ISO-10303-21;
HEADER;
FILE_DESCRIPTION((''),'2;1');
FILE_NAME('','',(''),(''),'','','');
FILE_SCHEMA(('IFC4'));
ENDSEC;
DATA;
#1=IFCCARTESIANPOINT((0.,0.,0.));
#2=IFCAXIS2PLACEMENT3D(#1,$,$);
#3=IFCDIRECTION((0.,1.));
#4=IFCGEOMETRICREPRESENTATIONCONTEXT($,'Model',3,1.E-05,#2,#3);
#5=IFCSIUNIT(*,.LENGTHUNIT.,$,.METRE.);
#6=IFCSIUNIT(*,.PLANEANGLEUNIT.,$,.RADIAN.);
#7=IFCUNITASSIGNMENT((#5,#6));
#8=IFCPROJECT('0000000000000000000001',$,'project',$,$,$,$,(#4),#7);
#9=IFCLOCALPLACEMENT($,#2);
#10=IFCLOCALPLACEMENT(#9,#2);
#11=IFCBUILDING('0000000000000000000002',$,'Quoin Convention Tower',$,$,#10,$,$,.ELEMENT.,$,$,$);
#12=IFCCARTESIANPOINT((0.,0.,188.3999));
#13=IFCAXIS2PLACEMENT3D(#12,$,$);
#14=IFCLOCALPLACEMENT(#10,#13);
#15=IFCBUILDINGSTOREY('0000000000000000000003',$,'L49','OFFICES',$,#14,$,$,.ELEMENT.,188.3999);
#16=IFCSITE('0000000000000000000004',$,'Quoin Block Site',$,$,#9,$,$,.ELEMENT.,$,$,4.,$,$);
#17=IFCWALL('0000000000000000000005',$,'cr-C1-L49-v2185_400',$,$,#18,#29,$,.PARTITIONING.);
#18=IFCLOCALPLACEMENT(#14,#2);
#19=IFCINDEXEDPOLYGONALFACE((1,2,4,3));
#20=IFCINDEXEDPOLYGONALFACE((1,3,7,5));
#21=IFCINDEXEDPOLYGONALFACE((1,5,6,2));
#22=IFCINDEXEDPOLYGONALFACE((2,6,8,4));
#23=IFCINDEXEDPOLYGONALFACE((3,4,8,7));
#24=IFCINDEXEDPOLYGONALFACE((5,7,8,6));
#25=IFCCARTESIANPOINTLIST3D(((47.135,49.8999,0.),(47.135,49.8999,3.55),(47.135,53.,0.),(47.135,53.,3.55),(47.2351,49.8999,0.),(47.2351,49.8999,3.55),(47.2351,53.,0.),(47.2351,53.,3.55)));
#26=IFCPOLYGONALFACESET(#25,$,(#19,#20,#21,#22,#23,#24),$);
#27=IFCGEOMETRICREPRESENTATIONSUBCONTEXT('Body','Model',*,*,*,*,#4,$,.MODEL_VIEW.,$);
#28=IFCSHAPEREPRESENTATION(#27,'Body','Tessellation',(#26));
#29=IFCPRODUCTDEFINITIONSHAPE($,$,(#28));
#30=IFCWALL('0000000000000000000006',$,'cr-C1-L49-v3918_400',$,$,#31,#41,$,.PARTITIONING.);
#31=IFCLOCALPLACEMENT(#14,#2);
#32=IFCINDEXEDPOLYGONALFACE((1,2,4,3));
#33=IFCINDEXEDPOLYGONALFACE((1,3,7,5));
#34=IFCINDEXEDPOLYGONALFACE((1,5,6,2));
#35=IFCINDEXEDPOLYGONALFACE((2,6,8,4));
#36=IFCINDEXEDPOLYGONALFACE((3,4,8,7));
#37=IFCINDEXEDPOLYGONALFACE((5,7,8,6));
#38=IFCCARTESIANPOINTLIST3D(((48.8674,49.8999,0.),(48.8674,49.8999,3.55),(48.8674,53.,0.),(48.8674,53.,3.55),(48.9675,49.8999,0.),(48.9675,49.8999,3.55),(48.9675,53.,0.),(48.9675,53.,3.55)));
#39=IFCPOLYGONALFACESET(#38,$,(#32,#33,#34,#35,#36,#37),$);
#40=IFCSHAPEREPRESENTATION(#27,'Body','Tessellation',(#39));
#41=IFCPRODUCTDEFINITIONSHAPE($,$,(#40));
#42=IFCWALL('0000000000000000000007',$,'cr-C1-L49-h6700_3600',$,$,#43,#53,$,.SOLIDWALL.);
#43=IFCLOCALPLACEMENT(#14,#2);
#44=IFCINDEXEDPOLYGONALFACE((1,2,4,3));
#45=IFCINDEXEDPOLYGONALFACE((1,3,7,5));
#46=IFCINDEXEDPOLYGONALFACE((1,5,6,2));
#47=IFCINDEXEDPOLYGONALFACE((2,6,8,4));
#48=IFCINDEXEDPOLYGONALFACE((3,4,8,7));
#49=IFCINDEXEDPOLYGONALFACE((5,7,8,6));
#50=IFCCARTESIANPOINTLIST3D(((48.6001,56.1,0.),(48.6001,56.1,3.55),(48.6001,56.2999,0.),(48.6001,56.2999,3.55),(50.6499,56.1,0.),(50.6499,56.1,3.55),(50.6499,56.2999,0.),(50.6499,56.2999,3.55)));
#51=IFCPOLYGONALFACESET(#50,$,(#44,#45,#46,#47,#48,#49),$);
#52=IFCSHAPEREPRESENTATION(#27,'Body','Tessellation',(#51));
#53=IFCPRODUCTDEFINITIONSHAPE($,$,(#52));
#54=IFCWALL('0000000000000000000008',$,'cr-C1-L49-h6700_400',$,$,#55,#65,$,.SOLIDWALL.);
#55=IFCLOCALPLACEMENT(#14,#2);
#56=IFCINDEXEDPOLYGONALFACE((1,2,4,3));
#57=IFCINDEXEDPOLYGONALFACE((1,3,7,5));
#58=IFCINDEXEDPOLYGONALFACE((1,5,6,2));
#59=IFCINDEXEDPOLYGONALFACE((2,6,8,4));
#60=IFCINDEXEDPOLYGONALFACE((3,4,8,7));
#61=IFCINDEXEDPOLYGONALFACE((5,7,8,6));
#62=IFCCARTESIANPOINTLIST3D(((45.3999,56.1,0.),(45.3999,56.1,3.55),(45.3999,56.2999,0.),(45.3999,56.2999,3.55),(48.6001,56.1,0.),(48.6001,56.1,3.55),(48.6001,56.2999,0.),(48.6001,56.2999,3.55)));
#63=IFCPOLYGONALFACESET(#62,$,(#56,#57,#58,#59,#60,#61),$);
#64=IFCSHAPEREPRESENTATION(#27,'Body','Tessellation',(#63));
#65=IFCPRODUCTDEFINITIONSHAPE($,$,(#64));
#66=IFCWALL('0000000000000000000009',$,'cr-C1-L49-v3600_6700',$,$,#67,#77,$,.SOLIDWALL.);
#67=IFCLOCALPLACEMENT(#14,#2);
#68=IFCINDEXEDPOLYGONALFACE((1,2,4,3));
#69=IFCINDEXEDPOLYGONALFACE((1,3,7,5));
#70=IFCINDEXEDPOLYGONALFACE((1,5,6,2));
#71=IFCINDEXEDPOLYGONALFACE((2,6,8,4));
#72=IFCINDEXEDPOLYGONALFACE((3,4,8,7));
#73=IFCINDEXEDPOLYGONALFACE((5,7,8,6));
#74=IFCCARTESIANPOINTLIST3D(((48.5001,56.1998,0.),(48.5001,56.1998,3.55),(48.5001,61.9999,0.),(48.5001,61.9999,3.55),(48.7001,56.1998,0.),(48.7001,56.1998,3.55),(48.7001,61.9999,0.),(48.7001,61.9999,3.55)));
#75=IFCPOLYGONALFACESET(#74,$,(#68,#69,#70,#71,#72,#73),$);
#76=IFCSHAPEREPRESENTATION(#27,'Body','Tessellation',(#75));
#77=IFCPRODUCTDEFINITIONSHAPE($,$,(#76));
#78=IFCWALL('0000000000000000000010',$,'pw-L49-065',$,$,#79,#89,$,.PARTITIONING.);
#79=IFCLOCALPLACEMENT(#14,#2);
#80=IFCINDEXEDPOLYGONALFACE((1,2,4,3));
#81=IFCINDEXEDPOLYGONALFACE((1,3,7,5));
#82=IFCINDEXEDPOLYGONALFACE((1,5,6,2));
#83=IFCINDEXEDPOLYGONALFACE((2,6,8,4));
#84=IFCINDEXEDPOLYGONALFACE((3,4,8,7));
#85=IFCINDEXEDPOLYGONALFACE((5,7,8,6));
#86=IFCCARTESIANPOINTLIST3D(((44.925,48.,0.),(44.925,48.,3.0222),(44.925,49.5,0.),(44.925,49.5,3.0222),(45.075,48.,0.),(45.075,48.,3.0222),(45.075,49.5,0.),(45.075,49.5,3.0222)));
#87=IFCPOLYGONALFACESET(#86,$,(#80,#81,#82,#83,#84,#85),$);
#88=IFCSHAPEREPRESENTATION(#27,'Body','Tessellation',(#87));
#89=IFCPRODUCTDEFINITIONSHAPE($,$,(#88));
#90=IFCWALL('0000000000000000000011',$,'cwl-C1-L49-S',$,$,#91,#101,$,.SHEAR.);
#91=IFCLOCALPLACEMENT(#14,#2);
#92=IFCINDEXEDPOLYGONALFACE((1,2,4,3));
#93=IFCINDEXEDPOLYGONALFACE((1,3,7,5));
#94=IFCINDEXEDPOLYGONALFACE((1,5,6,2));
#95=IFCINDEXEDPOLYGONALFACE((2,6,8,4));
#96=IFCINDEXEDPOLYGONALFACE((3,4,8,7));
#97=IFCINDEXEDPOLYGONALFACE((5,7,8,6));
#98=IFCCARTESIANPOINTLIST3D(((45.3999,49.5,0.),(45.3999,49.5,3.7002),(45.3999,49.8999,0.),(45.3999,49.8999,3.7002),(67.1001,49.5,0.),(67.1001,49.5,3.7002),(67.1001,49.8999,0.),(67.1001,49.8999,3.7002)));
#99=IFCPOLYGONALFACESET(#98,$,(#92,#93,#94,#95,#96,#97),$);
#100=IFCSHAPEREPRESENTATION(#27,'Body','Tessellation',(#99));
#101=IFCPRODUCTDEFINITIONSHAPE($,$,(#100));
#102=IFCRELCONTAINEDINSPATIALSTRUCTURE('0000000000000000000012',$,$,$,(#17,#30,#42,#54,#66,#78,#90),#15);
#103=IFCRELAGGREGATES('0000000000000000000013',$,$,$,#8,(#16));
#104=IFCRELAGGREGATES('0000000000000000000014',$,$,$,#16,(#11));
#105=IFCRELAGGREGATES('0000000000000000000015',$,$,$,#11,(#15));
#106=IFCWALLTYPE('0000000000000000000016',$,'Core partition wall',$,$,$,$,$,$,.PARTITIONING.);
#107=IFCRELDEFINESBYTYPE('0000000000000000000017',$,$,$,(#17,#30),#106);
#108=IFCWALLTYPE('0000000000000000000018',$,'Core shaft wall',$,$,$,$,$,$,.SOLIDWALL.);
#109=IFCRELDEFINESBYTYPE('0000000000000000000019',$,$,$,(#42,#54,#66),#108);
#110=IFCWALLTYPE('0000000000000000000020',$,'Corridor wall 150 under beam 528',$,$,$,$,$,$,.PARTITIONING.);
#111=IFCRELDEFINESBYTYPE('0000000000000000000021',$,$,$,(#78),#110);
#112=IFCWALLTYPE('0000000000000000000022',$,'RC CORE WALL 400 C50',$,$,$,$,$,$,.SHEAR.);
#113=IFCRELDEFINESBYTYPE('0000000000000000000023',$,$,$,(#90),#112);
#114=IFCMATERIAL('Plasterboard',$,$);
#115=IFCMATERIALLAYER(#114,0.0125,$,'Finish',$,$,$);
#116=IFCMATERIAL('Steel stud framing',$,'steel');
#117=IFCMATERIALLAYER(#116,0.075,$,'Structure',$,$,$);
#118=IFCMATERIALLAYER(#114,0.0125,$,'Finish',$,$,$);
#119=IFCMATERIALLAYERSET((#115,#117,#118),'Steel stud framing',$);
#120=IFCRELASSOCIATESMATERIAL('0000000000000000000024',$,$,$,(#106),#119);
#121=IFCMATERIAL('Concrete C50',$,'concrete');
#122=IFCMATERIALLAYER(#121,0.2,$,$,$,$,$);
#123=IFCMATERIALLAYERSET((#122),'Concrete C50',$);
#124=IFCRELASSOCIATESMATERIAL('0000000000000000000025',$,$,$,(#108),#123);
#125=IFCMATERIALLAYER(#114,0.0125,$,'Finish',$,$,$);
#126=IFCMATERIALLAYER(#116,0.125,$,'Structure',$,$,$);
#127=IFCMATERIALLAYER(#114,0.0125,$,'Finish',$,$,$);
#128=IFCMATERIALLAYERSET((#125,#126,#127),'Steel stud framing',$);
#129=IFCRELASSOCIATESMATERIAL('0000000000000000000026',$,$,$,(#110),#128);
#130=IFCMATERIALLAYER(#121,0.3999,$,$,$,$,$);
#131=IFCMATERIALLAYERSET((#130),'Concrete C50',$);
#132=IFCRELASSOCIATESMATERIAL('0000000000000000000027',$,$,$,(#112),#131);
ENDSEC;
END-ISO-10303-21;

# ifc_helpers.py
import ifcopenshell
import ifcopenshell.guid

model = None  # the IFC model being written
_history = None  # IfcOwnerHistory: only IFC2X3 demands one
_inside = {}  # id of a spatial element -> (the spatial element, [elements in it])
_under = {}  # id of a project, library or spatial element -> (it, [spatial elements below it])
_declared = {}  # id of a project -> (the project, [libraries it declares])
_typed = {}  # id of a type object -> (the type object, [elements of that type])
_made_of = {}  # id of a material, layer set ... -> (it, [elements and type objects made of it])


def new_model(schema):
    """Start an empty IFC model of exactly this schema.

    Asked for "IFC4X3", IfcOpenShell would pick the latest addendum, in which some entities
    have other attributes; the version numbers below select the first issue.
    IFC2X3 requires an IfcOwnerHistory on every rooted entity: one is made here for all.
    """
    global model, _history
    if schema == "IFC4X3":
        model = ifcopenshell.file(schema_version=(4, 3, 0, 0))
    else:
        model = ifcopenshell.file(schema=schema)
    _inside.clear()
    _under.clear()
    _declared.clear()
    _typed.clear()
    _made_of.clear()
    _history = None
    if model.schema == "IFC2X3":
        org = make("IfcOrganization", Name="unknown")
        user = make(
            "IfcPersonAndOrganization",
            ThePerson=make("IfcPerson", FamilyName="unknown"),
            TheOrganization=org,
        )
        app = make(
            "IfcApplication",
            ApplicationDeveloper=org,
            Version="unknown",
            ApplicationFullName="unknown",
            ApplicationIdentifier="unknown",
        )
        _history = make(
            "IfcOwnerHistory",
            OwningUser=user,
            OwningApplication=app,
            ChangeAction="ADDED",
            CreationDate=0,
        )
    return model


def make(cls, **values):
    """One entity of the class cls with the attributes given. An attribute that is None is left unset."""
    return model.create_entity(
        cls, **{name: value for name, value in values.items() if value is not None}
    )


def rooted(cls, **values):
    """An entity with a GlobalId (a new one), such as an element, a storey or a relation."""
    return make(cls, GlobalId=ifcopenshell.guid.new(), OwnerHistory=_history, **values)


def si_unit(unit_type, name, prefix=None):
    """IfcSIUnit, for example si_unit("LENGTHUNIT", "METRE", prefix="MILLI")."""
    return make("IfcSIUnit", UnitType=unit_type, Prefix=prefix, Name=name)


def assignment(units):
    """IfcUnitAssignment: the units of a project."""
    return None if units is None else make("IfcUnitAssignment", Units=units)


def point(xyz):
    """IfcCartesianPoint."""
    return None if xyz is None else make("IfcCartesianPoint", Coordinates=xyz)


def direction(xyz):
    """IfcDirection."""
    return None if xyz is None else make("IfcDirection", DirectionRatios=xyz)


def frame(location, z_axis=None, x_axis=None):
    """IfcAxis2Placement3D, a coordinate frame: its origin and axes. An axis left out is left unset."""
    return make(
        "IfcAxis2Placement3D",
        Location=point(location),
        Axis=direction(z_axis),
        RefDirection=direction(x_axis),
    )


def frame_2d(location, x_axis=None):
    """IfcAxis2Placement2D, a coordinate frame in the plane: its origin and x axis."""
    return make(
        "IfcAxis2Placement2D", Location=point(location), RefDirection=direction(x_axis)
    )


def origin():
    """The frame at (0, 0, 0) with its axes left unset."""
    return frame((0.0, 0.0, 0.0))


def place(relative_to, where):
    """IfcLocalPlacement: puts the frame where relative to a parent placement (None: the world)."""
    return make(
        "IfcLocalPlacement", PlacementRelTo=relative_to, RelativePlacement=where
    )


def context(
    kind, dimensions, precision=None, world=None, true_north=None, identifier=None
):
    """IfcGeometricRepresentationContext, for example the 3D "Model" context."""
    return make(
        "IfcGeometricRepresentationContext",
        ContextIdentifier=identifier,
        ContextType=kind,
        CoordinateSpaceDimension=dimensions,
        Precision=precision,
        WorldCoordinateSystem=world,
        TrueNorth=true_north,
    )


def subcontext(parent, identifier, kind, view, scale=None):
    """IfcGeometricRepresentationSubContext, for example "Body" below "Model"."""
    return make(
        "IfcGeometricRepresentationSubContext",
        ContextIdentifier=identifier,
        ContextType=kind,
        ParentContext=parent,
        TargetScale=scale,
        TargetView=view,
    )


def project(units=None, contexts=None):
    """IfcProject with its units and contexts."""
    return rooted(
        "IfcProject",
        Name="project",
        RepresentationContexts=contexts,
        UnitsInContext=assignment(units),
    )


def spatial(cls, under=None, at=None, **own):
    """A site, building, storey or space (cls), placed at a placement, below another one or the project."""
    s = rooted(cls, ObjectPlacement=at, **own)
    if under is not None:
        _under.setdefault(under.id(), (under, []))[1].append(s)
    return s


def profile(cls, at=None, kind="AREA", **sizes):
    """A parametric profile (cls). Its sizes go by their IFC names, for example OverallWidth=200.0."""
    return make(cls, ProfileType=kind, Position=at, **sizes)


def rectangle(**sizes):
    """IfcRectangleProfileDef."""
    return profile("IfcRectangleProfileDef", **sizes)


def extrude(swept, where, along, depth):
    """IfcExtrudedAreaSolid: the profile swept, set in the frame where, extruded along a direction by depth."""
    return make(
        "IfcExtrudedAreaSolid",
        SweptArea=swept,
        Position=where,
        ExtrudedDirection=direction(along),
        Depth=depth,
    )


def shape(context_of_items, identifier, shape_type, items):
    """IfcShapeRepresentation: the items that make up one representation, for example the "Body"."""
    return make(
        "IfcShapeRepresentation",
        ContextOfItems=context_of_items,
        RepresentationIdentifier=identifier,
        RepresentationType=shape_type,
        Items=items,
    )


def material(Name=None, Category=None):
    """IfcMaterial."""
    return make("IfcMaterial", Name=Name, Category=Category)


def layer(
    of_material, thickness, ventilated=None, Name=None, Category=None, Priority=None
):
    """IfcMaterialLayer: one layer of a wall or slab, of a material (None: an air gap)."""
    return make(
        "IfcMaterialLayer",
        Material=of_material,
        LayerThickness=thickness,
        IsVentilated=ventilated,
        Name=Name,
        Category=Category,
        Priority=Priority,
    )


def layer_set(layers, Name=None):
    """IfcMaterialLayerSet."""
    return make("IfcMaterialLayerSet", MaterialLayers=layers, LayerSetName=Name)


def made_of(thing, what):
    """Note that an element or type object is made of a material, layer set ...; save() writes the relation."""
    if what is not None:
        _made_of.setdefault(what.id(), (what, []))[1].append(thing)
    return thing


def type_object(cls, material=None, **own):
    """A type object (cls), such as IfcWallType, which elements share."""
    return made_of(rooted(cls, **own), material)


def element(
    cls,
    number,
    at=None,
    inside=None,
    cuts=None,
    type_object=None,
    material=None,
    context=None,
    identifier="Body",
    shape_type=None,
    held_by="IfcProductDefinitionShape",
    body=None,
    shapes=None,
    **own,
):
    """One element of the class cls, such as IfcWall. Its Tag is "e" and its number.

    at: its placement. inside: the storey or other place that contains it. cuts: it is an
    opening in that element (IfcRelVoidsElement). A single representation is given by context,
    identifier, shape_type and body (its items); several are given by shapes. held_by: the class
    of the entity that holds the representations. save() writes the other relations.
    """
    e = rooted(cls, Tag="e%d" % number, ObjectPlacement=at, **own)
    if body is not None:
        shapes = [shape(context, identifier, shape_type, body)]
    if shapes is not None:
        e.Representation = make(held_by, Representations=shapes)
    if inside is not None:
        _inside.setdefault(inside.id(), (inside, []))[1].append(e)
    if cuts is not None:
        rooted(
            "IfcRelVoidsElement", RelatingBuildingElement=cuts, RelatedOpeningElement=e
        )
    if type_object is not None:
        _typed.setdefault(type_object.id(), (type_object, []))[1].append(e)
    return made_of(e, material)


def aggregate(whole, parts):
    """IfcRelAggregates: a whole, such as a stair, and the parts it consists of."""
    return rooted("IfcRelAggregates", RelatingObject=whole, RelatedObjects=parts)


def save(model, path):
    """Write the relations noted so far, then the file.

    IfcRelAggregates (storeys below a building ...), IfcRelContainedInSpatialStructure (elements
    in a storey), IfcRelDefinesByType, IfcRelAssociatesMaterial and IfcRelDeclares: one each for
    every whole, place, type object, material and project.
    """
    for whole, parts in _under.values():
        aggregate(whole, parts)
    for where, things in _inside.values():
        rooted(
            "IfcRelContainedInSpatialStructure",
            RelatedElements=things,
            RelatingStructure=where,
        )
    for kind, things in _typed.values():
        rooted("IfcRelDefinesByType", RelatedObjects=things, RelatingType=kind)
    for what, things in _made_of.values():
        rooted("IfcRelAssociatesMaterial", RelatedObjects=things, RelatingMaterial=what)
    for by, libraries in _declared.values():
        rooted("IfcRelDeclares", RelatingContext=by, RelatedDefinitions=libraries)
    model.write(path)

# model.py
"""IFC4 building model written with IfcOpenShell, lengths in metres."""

from ifc_helpers import new_model, si_unit, direction, frame, frame_2d, origin, place, context, subcontext, project, spatial, rectangle, extrude, material, layer, layer_set, type_object, element, save


model = new_model("IFC4")

# Units and contexts
model_context = context("Model", 3, precision=1e-05, world=origin(), true_north=direction((0.0, 1.0)))
body_context = subcontext(model_context, "Body", "Model", "MODEL_VIEW")
ifc_project = project(units=[si_unit("LENGTHUNIT", "METRE"), si_unit("PLANEANGLEUNIT", "RADIAN")], contexts=[model_context])

# Site, building, storey
site_placement = place(None, origin())
site = spatial("IfcSite", under=ifc_project, at=site_placement, Name="Quoin Block Site", CompositionType="ELEMENT", RefElevation=4.0)
building_placement = place(site_placement, origin())
building = spatial("IfcBuilding", under=site, at=building_placement, Name="Quoin Convention Tower", CompositionType="ELEMENT")
storey_placement = place(building_placement, frame((0.0, 0.0, 188.3999)))
storey = spatial("IfcBuildingStorey", under=building, at=storey_placement, Name="L49", Description="OFFICES", CompositionType="ELEMENT", Elevation=188.3999)

# Shared definitions
ifc_material_1 = material(Name="Plasterboard")
ifc_layer_1 = layer(ifc_material_1, 0.0125, Name="Finish")
ifc_material_2 = material(Name="Steel stud framing", Category="steel")
ifc_layer_2 = layer(ifc_material_2, 0.075, Name="Structure")
ifc_layer_3 = layer(ifc_material_1, 0.0125, Name="Finish")
ifc_layer_set_1 = layer_set([ifc_layer_1, ifc_layer_2, ifc_layer_3], Name="Steel stud framing")
wall_type_1 = type_object("IfcWallType", Name="Core partition wall", PredefinedType="PARTITIONING", material=ifc_layer_set_1)

# Walls
for number, where, z_axis, x_axis, name in (
    (1, (47.1851, 49.8999, 0.0), (0.0, 0.0, 1.0), (0.0, 1.0, 0.0), "cr-C1-L49-v2185_400"),
    (2, (48.9175, 49.8999, 0.0), (0.0, 0.0, 1.0), (0.0, 1.0, 0.0), "cr-C1-L49-v3918_400"),
):
    element("IfcWall", number, at=place(storey_placement, frame(where, z_axis=z_axis, x_axis=x_axis)), inside=storey, type_object=wall_type_1, Name=name, PredefinedType="PARTITIONING", context=body_context, shape_type="SweptSolid", body=[
        extrude(rectangle(XDim=3.1001, YDim=0.1001, at=frame_2d((1.55, 0.0))), origin(), (0.0, 0.0, 1.0), 3.55),
    ])
ifc_material_3 = material(Name="Concrete C50", Category="concrete")
ifc_layer_4 = layer(ifc_material_3, 0.2)
ifc_layer_set_2 = layer_set([ifc_layer_4], Name="Concrete C50")
wall_type_2 = type_object("IfcWallType", Name="Core shaft wall", PredefinedType="SOLIDWALL", material=ifc_layer_set_2)
wall_1_placement = place(storey_placement, frame((48.6001, 56.2, 0.0), z_axis=(0.0, 0.0, 1.0), x_axis=(1.0, 0.0, 0.0)))
element("IfcWall", 3, at=wall_1_placement, inside=storey, type_object=wall_type_2, Name="cr-C1-L49-h6700_3600", PredefinedType="SOLIDWALL", context=body_context, shape_type="SweptSolid", body=[
    extrude(rectangle(XDim=2.0498, YDim=0.2, at=frame_2d((1.0249, 0.0))), origin(), (0.0, 0.0, 1.0), 3.55),
])
wall_2_placement = place(storey_placement, frame((45.3999, 56.2, 0.0), z_axis=(0.0, 0.0, 1.0), x_axis=(1.0, 0.0, 0.0)))
element("IfcWall", 4, at=wall_2_placement, inside=storey, type_object=wall_type_2, Name="cr-C1-L49-h6700_400", PredefinedType="SOLIDWALL", context=body_context, shape_type="SweptSolid", body=[
    extrude(rectangle(XDim=3.2002, YDim=0.2, at=frame_2d((1.6001, 0.0))), origin(), (0.0, 0.0, 1.0), 3.55),
])
wall_3_placement = place(storey_placement, frame((48.6001, 56.2, 0.0), z_axis=(0.0, 0.0, 1.0), x_axis=(0.0, 1.0, 0.0)))
element("IfcWall", 5, at=wall_3_placement, inside=storey, type_object=wall_type_2, Name="cr-C1-L49-v3600_6700", PredefinedType="SOLIDWALL", context=body_context, shape_type="SweptSolid", body=[
    extrude(rectangle(XDim=5.8, YDim=0.2, at=frame_2d((2.8999, 0.0))), origin(), (0.0, 0.0, 1.0), 3.55),
])
ifc_layer_5 = layer(ifc_material_1, 0.0125, Name="Finish")
ifc_layer_6 = layer(ifc_material_2, 0.125, Name="Structure")
ifc_layer_7 = layer(ifc_material_1, 0.0125, Name="Finish")
ifc_layer_set_3 = layer_set([ifc_layer_5, ifc_layer_6, ifc_layer_7], Name="Steel stud framing")
wall_type_3 = type_object("IfcWallType", Name="Corridor wall 150 under beam 528", PredefinedType="PARTITIONING", material=ifc_layer_set_3)
wall_4_placement = place(storey_placement, frame((45.0, 48.0, 0.0), z_axis=(0.0, 0.0, 1.0), x_axis=(0.0, 1.0, 0.0)))
element("IfcWall", 6, at=wall_4_placement, inside=storey, type_object=wall_type_3, Name="pw-L49-065", PredefinedType="PARTITIONING", context=body_context, shape_type="SweptSolid", body=[
    extrude(rectangle(XDim=1.5, YDim=0.1499, at=frame_2d((0.75, 0.0))), origin(), (0.0, 0.0, 1.0), 3.0222),
])
ifc_layer_8 = layer(ifc_material_3, 0.3999)
ifc_layer_set_4 = layer_set([ifc_layer_8], Name="Concrete C50")
wall_type_4 = type_object("IfcWallType", Name="RC CORE WALL 400 C50", PredefinedType="SHEAR", material=ifc_layer_set_4)
wall_5_placement = place(storey_placement, frame((45.3999, 49.7, 0.0), z_axis=(0.0, 0.0, 1.0), x_axis=(1.0, 0.0, 0.0)))
element("IfcWall", 7, at=wall_5_placement, inside=storey, type_object=wall_type_4, Name="cwl-C1-L49-S", PredefinedType="SHEAR", context=body_context, shape_type="SweptSolid", body=[
    extrude(rectangle(XDim=21.7002, YDim=0.3999, at=frame_2d((10.8501, 0.0))), origin(), (0.0, 0.0, 1.0), 3.7002),
])

save(model, "model.ifc")
